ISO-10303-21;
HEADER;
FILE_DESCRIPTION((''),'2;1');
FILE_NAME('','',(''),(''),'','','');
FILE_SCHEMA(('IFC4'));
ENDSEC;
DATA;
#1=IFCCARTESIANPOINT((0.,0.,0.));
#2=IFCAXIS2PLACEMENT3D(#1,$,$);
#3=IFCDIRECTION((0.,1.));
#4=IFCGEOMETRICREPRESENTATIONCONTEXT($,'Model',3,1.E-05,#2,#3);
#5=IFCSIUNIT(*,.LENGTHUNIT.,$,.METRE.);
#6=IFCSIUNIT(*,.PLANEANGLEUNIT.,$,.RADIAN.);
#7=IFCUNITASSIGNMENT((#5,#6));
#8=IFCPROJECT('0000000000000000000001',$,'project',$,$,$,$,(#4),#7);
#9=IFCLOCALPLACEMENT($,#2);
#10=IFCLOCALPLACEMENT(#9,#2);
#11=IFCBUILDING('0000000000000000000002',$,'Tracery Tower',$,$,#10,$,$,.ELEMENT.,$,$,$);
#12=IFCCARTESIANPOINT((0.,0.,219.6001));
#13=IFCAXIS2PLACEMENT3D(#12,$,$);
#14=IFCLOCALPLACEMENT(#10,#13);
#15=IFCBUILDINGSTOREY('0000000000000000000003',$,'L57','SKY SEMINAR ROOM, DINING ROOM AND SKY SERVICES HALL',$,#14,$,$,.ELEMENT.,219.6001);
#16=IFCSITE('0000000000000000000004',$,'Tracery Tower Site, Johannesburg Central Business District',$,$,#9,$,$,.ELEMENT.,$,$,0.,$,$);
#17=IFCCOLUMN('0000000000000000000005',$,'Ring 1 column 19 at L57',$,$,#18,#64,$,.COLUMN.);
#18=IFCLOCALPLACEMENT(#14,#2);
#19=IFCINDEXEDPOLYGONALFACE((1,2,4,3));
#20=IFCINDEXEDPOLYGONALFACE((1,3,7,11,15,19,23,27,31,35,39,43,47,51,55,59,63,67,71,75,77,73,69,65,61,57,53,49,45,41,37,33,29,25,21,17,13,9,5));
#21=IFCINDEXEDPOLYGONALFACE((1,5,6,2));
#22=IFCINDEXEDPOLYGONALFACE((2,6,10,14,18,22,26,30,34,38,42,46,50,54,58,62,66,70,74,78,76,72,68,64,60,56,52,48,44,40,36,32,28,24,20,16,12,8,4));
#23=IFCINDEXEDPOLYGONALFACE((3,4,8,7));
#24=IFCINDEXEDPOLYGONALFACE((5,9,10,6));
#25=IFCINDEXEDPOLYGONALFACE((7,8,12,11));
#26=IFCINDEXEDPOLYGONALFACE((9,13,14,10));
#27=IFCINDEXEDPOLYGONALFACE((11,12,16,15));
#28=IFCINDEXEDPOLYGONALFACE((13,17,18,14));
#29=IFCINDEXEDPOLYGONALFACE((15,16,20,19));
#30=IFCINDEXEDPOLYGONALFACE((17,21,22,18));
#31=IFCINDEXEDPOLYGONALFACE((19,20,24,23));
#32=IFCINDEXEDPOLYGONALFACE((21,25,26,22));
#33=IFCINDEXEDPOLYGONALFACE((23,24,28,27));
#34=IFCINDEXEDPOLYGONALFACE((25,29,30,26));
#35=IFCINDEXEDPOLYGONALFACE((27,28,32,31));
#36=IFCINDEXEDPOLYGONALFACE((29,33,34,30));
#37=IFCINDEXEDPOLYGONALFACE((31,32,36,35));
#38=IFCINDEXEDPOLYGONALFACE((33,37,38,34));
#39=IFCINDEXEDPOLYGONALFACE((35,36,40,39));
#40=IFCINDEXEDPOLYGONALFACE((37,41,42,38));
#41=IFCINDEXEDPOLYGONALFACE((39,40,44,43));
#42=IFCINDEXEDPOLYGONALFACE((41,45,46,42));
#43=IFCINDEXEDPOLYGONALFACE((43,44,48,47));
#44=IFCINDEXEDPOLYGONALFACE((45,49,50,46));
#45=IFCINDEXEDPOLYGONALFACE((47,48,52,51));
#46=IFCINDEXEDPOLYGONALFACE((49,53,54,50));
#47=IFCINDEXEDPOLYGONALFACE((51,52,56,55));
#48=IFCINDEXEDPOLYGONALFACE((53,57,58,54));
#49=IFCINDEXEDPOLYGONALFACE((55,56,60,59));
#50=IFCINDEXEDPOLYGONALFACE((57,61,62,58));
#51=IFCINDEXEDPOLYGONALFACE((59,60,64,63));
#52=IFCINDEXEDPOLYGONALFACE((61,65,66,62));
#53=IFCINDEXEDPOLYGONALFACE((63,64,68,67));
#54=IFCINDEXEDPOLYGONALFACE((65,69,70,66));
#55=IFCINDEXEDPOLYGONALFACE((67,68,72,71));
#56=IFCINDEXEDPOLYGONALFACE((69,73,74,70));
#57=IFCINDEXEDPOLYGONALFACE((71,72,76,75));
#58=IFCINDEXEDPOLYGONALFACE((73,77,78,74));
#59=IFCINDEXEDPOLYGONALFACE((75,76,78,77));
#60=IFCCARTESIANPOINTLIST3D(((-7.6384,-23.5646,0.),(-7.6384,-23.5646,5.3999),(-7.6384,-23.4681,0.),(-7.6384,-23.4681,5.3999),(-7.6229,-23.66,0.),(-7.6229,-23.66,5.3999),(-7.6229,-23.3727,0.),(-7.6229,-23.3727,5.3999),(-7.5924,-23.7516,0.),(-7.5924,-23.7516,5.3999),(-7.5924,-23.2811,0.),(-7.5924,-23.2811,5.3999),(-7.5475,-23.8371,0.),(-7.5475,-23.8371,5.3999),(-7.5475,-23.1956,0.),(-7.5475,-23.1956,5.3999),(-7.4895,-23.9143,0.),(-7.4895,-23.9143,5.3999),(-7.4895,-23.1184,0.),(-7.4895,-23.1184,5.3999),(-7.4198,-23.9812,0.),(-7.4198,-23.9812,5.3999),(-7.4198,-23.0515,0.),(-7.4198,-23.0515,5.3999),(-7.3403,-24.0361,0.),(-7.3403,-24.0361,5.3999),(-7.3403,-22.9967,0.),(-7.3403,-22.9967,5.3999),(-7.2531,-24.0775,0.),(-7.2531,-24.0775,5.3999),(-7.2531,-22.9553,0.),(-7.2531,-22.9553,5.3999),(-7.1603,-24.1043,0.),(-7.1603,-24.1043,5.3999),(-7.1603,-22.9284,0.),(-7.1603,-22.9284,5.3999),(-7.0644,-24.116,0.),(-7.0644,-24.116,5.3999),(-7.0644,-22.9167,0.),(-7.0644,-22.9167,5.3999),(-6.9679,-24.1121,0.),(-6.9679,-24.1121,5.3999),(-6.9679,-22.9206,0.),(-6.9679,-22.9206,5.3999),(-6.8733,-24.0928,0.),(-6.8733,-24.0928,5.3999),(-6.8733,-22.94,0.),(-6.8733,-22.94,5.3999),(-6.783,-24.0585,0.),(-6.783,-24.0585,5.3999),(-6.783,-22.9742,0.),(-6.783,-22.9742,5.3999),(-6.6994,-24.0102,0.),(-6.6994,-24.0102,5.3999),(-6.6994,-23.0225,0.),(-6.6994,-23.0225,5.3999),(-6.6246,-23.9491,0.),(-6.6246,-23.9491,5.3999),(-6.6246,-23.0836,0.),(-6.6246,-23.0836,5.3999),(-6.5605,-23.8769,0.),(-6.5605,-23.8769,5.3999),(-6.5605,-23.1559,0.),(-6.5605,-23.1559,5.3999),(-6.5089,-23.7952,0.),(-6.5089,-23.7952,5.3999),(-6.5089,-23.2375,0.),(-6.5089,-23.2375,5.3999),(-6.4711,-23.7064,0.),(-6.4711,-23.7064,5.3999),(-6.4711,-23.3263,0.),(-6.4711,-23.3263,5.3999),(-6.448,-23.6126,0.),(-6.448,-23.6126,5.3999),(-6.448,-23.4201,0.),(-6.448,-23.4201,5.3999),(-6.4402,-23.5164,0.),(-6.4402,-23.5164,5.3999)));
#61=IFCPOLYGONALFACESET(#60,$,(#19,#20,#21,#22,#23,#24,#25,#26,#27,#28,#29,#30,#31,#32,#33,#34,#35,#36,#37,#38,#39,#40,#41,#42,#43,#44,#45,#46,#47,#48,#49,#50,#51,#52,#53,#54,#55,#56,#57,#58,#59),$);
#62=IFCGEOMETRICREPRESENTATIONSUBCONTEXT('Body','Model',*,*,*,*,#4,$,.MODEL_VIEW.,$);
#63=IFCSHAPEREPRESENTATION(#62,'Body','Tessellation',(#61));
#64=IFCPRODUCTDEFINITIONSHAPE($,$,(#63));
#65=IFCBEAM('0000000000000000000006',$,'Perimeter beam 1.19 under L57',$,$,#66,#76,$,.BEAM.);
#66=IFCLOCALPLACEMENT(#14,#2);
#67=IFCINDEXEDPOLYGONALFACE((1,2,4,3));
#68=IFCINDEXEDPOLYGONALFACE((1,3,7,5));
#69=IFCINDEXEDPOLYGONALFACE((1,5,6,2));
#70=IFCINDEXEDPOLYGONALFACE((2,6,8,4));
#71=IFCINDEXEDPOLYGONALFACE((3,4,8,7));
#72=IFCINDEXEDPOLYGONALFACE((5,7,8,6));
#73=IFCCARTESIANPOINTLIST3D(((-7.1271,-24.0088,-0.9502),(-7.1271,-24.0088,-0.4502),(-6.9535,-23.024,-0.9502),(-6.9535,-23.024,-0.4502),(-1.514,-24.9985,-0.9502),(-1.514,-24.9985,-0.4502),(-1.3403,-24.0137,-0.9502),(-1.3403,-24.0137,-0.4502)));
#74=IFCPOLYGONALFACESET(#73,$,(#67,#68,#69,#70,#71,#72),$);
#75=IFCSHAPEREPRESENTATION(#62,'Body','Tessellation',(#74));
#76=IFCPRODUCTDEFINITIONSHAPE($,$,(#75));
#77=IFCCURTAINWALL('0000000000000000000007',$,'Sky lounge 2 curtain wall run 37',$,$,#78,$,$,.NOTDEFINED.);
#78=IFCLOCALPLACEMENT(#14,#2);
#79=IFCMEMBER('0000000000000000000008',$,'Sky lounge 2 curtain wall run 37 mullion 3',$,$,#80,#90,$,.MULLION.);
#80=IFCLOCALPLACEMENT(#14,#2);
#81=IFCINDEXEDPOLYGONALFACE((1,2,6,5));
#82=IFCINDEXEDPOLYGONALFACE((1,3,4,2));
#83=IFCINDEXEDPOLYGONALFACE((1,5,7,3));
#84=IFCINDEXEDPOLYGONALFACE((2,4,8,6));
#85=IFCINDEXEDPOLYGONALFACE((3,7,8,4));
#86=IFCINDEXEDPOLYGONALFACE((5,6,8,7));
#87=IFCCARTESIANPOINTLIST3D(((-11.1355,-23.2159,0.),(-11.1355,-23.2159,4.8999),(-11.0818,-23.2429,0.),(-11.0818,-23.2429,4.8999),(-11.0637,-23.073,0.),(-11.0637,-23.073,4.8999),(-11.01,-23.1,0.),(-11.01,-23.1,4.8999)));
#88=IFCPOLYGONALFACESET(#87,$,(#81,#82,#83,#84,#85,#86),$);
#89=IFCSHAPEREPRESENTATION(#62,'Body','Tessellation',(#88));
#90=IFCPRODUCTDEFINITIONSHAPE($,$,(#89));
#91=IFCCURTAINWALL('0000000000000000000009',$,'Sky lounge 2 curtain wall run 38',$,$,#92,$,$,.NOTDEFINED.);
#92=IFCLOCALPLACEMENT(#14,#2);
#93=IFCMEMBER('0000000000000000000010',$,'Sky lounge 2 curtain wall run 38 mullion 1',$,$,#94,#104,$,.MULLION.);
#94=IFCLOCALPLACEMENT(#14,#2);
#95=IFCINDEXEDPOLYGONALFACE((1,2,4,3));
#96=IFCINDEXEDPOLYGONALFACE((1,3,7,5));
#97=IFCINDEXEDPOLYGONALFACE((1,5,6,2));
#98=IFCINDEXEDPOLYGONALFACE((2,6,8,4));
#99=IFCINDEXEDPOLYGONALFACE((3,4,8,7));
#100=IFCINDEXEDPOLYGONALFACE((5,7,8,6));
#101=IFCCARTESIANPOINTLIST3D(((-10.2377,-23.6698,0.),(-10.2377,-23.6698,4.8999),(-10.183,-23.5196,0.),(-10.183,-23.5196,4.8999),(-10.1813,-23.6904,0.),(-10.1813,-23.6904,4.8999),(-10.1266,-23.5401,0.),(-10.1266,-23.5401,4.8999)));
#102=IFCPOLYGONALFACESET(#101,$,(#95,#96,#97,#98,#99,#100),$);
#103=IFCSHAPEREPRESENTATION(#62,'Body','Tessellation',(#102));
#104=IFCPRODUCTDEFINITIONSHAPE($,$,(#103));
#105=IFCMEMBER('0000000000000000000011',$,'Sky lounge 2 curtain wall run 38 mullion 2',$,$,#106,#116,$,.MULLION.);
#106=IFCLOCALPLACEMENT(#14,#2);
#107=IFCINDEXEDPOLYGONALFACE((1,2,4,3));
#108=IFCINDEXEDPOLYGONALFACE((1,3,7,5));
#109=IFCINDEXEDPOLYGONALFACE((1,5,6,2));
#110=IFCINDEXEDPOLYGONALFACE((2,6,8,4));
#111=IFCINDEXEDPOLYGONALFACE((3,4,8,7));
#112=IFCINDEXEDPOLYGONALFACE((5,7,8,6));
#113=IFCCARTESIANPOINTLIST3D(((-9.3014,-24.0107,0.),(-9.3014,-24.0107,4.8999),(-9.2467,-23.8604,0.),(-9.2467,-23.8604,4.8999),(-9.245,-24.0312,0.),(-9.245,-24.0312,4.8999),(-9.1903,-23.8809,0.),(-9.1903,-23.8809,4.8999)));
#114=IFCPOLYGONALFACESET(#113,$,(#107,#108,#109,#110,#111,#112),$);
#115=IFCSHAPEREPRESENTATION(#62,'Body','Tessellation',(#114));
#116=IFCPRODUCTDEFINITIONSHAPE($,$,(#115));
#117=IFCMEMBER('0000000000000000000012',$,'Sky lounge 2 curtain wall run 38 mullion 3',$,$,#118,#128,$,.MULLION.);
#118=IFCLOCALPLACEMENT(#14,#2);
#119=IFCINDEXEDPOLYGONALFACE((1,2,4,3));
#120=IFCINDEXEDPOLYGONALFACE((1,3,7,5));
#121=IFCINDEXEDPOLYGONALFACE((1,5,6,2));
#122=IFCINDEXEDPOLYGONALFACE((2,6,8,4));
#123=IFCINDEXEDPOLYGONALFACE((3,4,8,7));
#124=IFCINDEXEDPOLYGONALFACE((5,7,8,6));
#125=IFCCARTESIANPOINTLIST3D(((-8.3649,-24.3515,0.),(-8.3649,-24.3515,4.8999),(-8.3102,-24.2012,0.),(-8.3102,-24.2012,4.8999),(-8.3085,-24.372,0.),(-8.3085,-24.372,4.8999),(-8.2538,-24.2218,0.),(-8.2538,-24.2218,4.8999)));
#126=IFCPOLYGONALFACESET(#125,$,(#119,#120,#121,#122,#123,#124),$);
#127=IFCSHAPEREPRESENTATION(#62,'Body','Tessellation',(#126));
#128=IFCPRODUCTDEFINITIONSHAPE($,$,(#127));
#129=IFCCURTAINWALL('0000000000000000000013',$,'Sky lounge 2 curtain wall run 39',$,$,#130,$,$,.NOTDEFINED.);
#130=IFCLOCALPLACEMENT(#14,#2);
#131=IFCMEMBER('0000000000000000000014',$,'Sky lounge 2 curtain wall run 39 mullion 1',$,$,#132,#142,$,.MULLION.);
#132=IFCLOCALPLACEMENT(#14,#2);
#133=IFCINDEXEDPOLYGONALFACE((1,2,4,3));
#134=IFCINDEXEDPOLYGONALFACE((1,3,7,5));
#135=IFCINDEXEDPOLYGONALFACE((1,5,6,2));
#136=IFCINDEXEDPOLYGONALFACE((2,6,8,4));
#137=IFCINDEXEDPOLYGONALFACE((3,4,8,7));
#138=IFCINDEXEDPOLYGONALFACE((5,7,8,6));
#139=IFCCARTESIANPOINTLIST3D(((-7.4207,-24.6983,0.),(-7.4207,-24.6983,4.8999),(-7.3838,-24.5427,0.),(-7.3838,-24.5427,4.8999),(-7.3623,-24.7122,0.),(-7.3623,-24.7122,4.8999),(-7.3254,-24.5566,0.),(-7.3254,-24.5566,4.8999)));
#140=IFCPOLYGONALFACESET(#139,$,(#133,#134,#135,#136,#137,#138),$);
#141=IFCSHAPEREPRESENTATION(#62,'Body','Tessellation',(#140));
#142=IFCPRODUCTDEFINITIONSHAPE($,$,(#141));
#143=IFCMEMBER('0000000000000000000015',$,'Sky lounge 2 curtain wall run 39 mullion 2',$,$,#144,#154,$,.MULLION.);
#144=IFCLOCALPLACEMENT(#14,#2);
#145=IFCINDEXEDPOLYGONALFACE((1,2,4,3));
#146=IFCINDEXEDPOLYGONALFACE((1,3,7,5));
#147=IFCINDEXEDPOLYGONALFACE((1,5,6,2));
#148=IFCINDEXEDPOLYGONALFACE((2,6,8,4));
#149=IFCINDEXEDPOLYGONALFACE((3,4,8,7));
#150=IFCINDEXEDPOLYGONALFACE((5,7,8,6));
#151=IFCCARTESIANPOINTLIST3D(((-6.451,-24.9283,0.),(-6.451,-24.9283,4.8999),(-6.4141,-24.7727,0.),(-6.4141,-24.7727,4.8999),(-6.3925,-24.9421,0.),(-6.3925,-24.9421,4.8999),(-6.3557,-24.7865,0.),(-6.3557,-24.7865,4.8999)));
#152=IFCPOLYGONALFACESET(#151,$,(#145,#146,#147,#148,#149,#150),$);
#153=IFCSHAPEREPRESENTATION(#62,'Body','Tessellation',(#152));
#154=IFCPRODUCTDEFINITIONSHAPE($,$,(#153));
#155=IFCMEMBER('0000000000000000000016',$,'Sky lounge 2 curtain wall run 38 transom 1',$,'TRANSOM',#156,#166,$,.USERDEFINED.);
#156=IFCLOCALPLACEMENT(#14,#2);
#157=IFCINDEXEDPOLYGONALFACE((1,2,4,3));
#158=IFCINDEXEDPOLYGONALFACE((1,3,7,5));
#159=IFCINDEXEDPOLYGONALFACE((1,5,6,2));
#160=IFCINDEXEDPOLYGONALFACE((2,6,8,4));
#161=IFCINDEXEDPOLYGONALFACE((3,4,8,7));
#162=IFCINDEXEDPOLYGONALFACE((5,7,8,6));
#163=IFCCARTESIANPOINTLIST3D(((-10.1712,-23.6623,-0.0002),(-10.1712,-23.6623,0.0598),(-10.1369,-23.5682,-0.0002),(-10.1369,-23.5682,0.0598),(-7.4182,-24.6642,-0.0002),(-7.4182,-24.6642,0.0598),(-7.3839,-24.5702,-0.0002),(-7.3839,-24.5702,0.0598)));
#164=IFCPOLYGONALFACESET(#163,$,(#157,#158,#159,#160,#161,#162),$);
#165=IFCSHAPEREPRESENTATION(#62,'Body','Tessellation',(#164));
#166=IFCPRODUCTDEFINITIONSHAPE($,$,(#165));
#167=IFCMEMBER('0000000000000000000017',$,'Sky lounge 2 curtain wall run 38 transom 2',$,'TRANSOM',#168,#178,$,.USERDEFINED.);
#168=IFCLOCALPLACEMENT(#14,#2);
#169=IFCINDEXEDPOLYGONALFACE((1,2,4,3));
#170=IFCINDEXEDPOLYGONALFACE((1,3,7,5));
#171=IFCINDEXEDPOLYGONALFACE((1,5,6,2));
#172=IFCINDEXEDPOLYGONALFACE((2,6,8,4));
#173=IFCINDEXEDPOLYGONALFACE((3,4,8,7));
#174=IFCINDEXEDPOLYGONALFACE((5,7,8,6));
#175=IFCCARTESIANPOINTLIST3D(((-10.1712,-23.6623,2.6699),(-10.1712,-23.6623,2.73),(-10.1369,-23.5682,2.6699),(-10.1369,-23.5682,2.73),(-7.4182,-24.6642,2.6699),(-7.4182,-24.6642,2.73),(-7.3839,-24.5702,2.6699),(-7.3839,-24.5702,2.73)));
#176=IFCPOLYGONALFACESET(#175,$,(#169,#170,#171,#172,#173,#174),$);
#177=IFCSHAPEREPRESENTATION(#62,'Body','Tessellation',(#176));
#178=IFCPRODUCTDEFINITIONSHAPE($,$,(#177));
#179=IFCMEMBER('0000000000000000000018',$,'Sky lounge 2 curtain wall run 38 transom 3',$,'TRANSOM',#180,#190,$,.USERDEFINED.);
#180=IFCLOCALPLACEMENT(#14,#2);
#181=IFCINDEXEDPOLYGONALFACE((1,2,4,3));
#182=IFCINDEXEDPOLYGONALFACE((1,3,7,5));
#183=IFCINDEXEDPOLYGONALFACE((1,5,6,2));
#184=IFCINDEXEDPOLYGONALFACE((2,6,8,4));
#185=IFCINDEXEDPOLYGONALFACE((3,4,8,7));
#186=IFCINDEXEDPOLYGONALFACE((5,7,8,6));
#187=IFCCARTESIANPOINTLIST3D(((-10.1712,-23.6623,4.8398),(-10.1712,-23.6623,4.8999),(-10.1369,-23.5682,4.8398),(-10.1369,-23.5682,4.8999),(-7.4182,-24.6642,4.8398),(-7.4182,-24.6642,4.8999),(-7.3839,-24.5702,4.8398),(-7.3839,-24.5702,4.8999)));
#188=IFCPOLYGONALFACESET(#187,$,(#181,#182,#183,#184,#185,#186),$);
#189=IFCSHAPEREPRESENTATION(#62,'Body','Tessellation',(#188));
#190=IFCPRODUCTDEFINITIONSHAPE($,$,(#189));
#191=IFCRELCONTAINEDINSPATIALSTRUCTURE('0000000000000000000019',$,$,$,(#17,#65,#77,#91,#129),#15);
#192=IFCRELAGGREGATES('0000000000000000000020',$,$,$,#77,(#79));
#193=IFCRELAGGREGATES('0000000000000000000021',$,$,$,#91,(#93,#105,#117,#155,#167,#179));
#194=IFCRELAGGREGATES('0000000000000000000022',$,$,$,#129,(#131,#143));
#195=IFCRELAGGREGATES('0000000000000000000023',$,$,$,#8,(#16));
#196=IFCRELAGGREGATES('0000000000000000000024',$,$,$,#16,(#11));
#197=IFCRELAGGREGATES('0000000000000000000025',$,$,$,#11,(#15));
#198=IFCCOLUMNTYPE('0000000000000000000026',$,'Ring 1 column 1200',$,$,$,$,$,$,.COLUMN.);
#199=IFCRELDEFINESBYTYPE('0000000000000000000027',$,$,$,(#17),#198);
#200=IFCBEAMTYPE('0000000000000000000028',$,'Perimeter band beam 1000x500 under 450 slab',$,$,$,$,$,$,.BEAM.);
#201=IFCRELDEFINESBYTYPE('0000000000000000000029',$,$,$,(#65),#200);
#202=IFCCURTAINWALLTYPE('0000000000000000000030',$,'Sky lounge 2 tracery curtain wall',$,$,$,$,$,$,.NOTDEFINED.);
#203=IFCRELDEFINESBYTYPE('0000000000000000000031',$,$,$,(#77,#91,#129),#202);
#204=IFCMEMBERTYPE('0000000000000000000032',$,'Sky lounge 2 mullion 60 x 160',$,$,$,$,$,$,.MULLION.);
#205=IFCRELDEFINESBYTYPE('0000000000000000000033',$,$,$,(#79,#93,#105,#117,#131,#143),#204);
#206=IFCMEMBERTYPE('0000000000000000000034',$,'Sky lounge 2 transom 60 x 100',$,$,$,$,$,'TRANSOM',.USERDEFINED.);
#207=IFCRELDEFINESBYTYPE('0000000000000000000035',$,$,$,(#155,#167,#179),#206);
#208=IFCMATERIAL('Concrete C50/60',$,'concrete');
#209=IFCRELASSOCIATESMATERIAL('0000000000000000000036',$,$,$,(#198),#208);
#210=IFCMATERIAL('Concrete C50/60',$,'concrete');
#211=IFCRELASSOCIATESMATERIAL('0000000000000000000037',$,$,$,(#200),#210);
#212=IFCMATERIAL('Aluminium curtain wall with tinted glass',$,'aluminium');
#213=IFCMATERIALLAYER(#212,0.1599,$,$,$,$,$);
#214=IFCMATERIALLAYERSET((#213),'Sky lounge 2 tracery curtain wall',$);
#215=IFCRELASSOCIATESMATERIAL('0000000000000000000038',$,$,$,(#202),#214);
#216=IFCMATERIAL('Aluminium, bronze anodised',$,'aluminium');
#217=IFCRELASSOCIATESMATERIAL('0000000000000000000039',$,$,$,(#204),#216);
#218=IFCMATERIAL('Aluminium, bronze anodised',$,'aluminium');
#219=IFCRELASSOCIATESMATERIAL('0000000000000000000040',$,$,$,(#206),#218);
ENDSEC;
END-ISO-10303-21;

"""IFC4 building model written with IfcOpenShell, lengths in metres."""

from ifc_helpers import new_model, si_unit, direction, frame, origin, origin_2d, place, context, subcontext, project, spatial, rectangle, circle, extrude, material, layer, layer_set, material_profile, profile_set, type_object, element, aggregate, save


model = new_model("IFC4")

# Units and contexts
model_context = context("Model", 3, precision=1e-05, world=origin(), true_north=direction((0.0, 1.0)))
body_context = subcontext(model_context, "Body", "Model", "MODEL_VIEW")
ifc_project = project(units=[si_unit("LENGTHUNIT", "METRE"), si_unit("PLANEANGLEUNIT", "RADIAN")], contexts=[model_context])

# Site, building, storey
site_placement = place(None, origin())
site = spatial("IfcSite", under=ifc_project, at=site_placement, Name="Tracery Tower Site, Johannesburg Central Business District", CompositionType="ELEMENT", RefElevation=0.0)
building_placement = place(site_placement, origin())
building = spatial("IfcBuilding", under=site, at=building_placement, Name="Tracery Tower", CompositionType="ELEMENT")
storey_placement = place(building_placement, frame((0.0, 0.0, 219.6001)))
storey = spatial("IfcBuildingStorey", under=building, at=storey_placement, Name="L57", Description="SKY SEMINAR ROOM, DINING ROOM AND SKY SERVICES HALL", CompositionType="ELEMENT", Elevation=219.6001)

# Column
ifc_material_1 = material(Name="Concrete C50/60", Category="concrete")
ifc_material_profile_1 = material_profile(ifc_material_1, circle(Radius=0.6001, at=origin_2d()), Name="RC D1200")
ifc_profile_set_1 = profile_set([ifc_material_profile_1], Name="Concrete C50/60")
column_type = type_object("IfcColumnType", Name="Ring 1 column 1200", PredefinedType="COLUMN", material=ifc_profile_set_1)
column_placement = place(storey_placement, frame((-7.0403, -23.5164, 0.0), z_axis=(0.0, 0.0, 1.0), x_axis=(1.0, 0.0, 0.0)))
element("IfcColumn", 1, at=column_placement, inside=storey, type_object=column_type, Name="Ring 1 column 19 at L57", PredefinedType="COLUMN", context=body_context, shape_type="SweptSolid", body=[
    extrude(circle(Radius=0.6001, at=origin_2d()), origin(), (0.0, 0.0, 1.0), 5.3999),
])

# Beam
ifc_material_2 = material(Name="Concrete C50/60", Category="concrete")
ifc_material_profile_2 = material_profile(ifc_material_2, rectangle(XDim=1.0, YDim=0.5, at=origin_2d()), Name="RC 1000x500")
ifc_profile_set_2 = profile_set([ifc_material_profile_2], Name="Concrete C50/60")
beam_type = type_object("IfcBeamType", Name="Perimeter band beam 1000x500 under 450 slab", PredefinedType="BEAM", material=ifc_profile_set_2)
beam_placement = place(storey_placement, frame((-7.0403, -23.5164, -0.7002), z_axis=(0.984807, -0.173651, 0.0), x_axis=(0.173651, 0.984807, 0.0)))
element("IfcBeam", 2, at=beam_placement, inside=storey, type_object=beam_type, Name="Perimeter beam 1.19 under L57", PredefinedType="BEAM", context=body_context, shape_type="SweptSolid", body=[
    extrude(rectangle(XDim=1.0, YDim=0.5, at=origin_2d()), origin(), (0.0, 0.0, 1.0), 5.6997),
])

# Curtain wall, member
ifc_material_3 = material(Name="Aluminium curtain wall with tinted glass", Category="aluminium")
ifc_layer_1 = layer(ifc_material_3, 0.1599)
ifc_layer_set_1 = layer_set([ifc_layer_1], Name="Sky lounge 2 tracery curtain wall")
curtain_wall_type = type_object("IfcCurtainWallType", Name="Sky lounge 2 tracery curtain wall", PredefinedType="NOTDEFINED", material=ifc_layer_set_1)
curtain_wall_1_placement = place(storey_placement, origin())
curtain_wall_1 = element("IfcCurtainWall", 3, at=curtain_wall_1_placement, inside=storey, type_object=curtain_wall_type, Name="Sky lounge 2 curtain wall run 37", PredefinedType="NOTDEFINED")
ifc_material_4 = material(Name="Aluminium, bronze anodised", Category="aluminium")
ifc_material_profile_3 = material_profile(ifc_material_4, rectangle(XDim=0.1599, YDim=0.0601, at=origin_2d()), Name="AL 60x160")
ifc_profile_set_3 = profile_set([ifc_material_profile_3], Name="Aluminium, bronze anodised")
member_type_1 = type_object("IfcMemberType", Name="Sky lounge 2 mullion 60 x 160", PredefinedType="MULLION", material=ifc_profile_set_3)
member_1_placement = place(storey_placement, frame((-11.0728, -23.158, 0.0), z_axis=(0.0, 0.0, 1.0), x_axis=(0.448799, 0.893633, 0.0)))
member_1 = element("IfcMember", 4, at=member_1_placement, type_object=member_type_1, Name="Sky lounge 2 curtain wall run 37 mullion 3", PredefinedType="MULLION", context=body_context, shape_type="SweptSolid", body=[
    extrude(rectangle(XDim=0.1599, YDim=0.0601, at=origin_2d()), origin(), (0.0, 0.0, 1.0), 4.8999),
])

# Curtain walls, members
curtain_wall_2_placement = place(storey_placement, origin())
curtain_wall_2 = element("IfcCurtainWall", 5, at=curtain_wall_2_placement, inside=storey, type_object=curtain_wall_type, Name="Sky lounge 2 curtain wall run 38", PredefinedType="NOTDEFINED")
member_2_placement = place(storey_placement, frame((-10.1821, -23.605, 0.0), z_axis=(0.0, 0.0, 1.0), x_axis=(0.34202, 0.939693, 0.0)))
member_2 = element("IfcMember", 6, at=member_2_placement, type_object=member_type_1, Name="Sky lounge 2 curtain wall run 38 mullion 1", PredefinedType="MULLION", context=body_context, shape_type="SweptSolid", body=[
    extrude(rectangle(XDim=0.1599, YDim=0.0601, at=origin_2d()), origin(), (0.0, 0.0, 1.0), 4.8999),
])
member_3_placement = place(storey_placement, frame((-9.2458, -23.9458, 0.0), z_axis=(0.0, 0.0, 1.0), x_axis=(0.34202, 0.939693, 0.0)))
member_3 = element("IfcMember", 7, at=member_3_placement, type_object=member_type_1, Name="Sky lounge 2 curtain wall run 38 mullion 2", PredefinedType="MULLION", context=body_context, shape_type="SweptSolid", body=[
    extrude(rectangle(XDim=0.1599, YDim=0.0601, at=origin_2d()), origin(), (0.0, 0.0, 1.0), 4.8999),
])
member_4_placement = place(storey_placement, frame((-8.3093, -24.2866, 0.0), z_axis=(0.0, 0.0, 1.0), x_axis=(0.34202, 0.939693, 0.0)))
member_4 = element("IfcMember", 8, at=member_4_placement, type_object=member_type_1, Name="Sky lounge 2 curtain wall run 38 mullion 3", PredefinedType="MULLION", context=body_context, shape_type="SweptSolid", body=[
    extrude(rectangle(XDim=0.1599, YDim=0.0601, at=origin_2d()), origin(), (0.0, 0.0, 1.0), 4.8999),
])
curtain_wall_3_placement = place(storey_placement, origin())
curtain_wall_3 = element("IfcCurtainWall", 9, at=curtain_wall_3_placement, inside=storey, type_object=curtain_wall_type, Name="Sky lounge 2 curtain wall run 39", PredefinedType="NOTDEFINED")
member_5_placement = place(storey_placement, frame((-7.373, -24.6274, 0.0), z_axis=(0.0, 0.0, 1.0), x_axis=(0.230616, 0.973045, 0.0)))
member_5 = element("IfcMember", 10, at=member_5_placement, type_object=member_type_1, Name="Sky lounge 2 curtain wall run 39 mullion 1", PredefinedType="MULLION", context=body_context, shape_type="SweptSolid", body=[
    extrude(rectangle(XDim=0.1599, YDim=0.0601, at=origin_2d()), origin(), (0.0, 0.0, 1.0), 4.8999),
])
member_6_placement = place(storey_placement, frame((-6.4033, -24.8574, 0.0), z_axis=(0.0, 0.0, 1.0), x_axis=(0.230616, 0.973045, 0.0)))
member_6 = element("IfcMember", 11, at=member_6_placement, type_object=member_type_1, Name="Sky lounge 2 curtain wall run 39 mullion 2", PredefinedType="MULLION", context=body_context, shape_type="SweptSolid", body=[
    extrude(rectangle(XDim=0.1599, YDim=0.0601, at=origin_2d()), origin(), (0.0, 0.0, 1.0), 4.8999),
])

# Members
ifc_material_5 = material(Name="Aluminium, bronze anodised", Category="aluminium")
ifc_material_profile_4 = material_profile(ifc_material_5, rectangle(XDim=0.1001, YDim=0.0601, at=origin_2d()), Name="AL 60x100")
ifc_profile_set_4 = profile_set([ifc_material_profile_4], Name="Aluminium, bronze anodised")
member_type_2 = type_object("IfcMemberType", Name="Sky lounge 2 transom 60 x 100", ElementType="TRANSOM", PredefinedType="USERDEFINED", material=ifc_profile_set_4)
member_7_placement = place(storey_placement, frame((-10.1541, -23.6152, 0.0298), z_axis=(0.939696, -0.342011, 0.0), x_axis=(0.342011, 0.939696, 0.0)))
member_7 = element("IfcMember", 12, at=member_7_placement, type_object=member_type_2, Name="Sky lounge 2 curtain wall run 38 transom 1", ObjectType="TRANSOM", PredefinedType="USERDEFINED", context=body_context, shape_type="SweptSolid", body=[
    extrude(rectangle(XDim=0.1001, YDim=0.0601, at=origin_2d()), origin(), (0.0, 0.0, 1.0), 2.9297),
])
member_8_placement = place(storey_placement, frame((-10.1541, -23.6152, 2.7), z_axis=(0.939696, -0.342011, 0.0), x_axis=(0.342011, 0.939696, 0.0)))
member_8 = element("IfcMember", 13, at=member_8_placement, type_object=member_type_2, Name="Sky lounge 2 curtain wall run 38 transom 2", ObjectType="TRANSOM", PredefinedType="USERDEFINED", context=body_context, shape_type="SweptSolid", body=[
    extrude(rectangle(XDim=0.1001, YDim=0.0601, at=origin_2d()), origin(), (0.0, 0.0, 1.0), 2.9297),
])
member_9_placement = place(storey_placement, frame((-10.1541, -23.6152, 4.8699), z_axis=(0.939696, -0.342011, 0.0), x_axis=(0.342011, 0.939696, 0.0)))
member_9 = element("IfcMember", 14, at=member_9_placement, type_object=member_type_2, Name="Sky lounge 2 curtain wall run 38 transom 3", ObjectType="TRANSOM", PredefinedType="USERDEFINED", context=body_context, shape_type="SweptSolid", body=[
    extrude(rectangle(XDim=0.1001, YDim=0.0601, at=origin_2d()), origin(), (0.0, 0.0, 1.0), 2.9297),
])

aggregate(curtain_wall_1, [member_1])
aggregate(curtain_wall_2, [member_2, member_3, member_4, member_7, member_8, member_9])
aggregate(curtain_wall_3, [member_5, member_6])

save(model, "model.ifc")
